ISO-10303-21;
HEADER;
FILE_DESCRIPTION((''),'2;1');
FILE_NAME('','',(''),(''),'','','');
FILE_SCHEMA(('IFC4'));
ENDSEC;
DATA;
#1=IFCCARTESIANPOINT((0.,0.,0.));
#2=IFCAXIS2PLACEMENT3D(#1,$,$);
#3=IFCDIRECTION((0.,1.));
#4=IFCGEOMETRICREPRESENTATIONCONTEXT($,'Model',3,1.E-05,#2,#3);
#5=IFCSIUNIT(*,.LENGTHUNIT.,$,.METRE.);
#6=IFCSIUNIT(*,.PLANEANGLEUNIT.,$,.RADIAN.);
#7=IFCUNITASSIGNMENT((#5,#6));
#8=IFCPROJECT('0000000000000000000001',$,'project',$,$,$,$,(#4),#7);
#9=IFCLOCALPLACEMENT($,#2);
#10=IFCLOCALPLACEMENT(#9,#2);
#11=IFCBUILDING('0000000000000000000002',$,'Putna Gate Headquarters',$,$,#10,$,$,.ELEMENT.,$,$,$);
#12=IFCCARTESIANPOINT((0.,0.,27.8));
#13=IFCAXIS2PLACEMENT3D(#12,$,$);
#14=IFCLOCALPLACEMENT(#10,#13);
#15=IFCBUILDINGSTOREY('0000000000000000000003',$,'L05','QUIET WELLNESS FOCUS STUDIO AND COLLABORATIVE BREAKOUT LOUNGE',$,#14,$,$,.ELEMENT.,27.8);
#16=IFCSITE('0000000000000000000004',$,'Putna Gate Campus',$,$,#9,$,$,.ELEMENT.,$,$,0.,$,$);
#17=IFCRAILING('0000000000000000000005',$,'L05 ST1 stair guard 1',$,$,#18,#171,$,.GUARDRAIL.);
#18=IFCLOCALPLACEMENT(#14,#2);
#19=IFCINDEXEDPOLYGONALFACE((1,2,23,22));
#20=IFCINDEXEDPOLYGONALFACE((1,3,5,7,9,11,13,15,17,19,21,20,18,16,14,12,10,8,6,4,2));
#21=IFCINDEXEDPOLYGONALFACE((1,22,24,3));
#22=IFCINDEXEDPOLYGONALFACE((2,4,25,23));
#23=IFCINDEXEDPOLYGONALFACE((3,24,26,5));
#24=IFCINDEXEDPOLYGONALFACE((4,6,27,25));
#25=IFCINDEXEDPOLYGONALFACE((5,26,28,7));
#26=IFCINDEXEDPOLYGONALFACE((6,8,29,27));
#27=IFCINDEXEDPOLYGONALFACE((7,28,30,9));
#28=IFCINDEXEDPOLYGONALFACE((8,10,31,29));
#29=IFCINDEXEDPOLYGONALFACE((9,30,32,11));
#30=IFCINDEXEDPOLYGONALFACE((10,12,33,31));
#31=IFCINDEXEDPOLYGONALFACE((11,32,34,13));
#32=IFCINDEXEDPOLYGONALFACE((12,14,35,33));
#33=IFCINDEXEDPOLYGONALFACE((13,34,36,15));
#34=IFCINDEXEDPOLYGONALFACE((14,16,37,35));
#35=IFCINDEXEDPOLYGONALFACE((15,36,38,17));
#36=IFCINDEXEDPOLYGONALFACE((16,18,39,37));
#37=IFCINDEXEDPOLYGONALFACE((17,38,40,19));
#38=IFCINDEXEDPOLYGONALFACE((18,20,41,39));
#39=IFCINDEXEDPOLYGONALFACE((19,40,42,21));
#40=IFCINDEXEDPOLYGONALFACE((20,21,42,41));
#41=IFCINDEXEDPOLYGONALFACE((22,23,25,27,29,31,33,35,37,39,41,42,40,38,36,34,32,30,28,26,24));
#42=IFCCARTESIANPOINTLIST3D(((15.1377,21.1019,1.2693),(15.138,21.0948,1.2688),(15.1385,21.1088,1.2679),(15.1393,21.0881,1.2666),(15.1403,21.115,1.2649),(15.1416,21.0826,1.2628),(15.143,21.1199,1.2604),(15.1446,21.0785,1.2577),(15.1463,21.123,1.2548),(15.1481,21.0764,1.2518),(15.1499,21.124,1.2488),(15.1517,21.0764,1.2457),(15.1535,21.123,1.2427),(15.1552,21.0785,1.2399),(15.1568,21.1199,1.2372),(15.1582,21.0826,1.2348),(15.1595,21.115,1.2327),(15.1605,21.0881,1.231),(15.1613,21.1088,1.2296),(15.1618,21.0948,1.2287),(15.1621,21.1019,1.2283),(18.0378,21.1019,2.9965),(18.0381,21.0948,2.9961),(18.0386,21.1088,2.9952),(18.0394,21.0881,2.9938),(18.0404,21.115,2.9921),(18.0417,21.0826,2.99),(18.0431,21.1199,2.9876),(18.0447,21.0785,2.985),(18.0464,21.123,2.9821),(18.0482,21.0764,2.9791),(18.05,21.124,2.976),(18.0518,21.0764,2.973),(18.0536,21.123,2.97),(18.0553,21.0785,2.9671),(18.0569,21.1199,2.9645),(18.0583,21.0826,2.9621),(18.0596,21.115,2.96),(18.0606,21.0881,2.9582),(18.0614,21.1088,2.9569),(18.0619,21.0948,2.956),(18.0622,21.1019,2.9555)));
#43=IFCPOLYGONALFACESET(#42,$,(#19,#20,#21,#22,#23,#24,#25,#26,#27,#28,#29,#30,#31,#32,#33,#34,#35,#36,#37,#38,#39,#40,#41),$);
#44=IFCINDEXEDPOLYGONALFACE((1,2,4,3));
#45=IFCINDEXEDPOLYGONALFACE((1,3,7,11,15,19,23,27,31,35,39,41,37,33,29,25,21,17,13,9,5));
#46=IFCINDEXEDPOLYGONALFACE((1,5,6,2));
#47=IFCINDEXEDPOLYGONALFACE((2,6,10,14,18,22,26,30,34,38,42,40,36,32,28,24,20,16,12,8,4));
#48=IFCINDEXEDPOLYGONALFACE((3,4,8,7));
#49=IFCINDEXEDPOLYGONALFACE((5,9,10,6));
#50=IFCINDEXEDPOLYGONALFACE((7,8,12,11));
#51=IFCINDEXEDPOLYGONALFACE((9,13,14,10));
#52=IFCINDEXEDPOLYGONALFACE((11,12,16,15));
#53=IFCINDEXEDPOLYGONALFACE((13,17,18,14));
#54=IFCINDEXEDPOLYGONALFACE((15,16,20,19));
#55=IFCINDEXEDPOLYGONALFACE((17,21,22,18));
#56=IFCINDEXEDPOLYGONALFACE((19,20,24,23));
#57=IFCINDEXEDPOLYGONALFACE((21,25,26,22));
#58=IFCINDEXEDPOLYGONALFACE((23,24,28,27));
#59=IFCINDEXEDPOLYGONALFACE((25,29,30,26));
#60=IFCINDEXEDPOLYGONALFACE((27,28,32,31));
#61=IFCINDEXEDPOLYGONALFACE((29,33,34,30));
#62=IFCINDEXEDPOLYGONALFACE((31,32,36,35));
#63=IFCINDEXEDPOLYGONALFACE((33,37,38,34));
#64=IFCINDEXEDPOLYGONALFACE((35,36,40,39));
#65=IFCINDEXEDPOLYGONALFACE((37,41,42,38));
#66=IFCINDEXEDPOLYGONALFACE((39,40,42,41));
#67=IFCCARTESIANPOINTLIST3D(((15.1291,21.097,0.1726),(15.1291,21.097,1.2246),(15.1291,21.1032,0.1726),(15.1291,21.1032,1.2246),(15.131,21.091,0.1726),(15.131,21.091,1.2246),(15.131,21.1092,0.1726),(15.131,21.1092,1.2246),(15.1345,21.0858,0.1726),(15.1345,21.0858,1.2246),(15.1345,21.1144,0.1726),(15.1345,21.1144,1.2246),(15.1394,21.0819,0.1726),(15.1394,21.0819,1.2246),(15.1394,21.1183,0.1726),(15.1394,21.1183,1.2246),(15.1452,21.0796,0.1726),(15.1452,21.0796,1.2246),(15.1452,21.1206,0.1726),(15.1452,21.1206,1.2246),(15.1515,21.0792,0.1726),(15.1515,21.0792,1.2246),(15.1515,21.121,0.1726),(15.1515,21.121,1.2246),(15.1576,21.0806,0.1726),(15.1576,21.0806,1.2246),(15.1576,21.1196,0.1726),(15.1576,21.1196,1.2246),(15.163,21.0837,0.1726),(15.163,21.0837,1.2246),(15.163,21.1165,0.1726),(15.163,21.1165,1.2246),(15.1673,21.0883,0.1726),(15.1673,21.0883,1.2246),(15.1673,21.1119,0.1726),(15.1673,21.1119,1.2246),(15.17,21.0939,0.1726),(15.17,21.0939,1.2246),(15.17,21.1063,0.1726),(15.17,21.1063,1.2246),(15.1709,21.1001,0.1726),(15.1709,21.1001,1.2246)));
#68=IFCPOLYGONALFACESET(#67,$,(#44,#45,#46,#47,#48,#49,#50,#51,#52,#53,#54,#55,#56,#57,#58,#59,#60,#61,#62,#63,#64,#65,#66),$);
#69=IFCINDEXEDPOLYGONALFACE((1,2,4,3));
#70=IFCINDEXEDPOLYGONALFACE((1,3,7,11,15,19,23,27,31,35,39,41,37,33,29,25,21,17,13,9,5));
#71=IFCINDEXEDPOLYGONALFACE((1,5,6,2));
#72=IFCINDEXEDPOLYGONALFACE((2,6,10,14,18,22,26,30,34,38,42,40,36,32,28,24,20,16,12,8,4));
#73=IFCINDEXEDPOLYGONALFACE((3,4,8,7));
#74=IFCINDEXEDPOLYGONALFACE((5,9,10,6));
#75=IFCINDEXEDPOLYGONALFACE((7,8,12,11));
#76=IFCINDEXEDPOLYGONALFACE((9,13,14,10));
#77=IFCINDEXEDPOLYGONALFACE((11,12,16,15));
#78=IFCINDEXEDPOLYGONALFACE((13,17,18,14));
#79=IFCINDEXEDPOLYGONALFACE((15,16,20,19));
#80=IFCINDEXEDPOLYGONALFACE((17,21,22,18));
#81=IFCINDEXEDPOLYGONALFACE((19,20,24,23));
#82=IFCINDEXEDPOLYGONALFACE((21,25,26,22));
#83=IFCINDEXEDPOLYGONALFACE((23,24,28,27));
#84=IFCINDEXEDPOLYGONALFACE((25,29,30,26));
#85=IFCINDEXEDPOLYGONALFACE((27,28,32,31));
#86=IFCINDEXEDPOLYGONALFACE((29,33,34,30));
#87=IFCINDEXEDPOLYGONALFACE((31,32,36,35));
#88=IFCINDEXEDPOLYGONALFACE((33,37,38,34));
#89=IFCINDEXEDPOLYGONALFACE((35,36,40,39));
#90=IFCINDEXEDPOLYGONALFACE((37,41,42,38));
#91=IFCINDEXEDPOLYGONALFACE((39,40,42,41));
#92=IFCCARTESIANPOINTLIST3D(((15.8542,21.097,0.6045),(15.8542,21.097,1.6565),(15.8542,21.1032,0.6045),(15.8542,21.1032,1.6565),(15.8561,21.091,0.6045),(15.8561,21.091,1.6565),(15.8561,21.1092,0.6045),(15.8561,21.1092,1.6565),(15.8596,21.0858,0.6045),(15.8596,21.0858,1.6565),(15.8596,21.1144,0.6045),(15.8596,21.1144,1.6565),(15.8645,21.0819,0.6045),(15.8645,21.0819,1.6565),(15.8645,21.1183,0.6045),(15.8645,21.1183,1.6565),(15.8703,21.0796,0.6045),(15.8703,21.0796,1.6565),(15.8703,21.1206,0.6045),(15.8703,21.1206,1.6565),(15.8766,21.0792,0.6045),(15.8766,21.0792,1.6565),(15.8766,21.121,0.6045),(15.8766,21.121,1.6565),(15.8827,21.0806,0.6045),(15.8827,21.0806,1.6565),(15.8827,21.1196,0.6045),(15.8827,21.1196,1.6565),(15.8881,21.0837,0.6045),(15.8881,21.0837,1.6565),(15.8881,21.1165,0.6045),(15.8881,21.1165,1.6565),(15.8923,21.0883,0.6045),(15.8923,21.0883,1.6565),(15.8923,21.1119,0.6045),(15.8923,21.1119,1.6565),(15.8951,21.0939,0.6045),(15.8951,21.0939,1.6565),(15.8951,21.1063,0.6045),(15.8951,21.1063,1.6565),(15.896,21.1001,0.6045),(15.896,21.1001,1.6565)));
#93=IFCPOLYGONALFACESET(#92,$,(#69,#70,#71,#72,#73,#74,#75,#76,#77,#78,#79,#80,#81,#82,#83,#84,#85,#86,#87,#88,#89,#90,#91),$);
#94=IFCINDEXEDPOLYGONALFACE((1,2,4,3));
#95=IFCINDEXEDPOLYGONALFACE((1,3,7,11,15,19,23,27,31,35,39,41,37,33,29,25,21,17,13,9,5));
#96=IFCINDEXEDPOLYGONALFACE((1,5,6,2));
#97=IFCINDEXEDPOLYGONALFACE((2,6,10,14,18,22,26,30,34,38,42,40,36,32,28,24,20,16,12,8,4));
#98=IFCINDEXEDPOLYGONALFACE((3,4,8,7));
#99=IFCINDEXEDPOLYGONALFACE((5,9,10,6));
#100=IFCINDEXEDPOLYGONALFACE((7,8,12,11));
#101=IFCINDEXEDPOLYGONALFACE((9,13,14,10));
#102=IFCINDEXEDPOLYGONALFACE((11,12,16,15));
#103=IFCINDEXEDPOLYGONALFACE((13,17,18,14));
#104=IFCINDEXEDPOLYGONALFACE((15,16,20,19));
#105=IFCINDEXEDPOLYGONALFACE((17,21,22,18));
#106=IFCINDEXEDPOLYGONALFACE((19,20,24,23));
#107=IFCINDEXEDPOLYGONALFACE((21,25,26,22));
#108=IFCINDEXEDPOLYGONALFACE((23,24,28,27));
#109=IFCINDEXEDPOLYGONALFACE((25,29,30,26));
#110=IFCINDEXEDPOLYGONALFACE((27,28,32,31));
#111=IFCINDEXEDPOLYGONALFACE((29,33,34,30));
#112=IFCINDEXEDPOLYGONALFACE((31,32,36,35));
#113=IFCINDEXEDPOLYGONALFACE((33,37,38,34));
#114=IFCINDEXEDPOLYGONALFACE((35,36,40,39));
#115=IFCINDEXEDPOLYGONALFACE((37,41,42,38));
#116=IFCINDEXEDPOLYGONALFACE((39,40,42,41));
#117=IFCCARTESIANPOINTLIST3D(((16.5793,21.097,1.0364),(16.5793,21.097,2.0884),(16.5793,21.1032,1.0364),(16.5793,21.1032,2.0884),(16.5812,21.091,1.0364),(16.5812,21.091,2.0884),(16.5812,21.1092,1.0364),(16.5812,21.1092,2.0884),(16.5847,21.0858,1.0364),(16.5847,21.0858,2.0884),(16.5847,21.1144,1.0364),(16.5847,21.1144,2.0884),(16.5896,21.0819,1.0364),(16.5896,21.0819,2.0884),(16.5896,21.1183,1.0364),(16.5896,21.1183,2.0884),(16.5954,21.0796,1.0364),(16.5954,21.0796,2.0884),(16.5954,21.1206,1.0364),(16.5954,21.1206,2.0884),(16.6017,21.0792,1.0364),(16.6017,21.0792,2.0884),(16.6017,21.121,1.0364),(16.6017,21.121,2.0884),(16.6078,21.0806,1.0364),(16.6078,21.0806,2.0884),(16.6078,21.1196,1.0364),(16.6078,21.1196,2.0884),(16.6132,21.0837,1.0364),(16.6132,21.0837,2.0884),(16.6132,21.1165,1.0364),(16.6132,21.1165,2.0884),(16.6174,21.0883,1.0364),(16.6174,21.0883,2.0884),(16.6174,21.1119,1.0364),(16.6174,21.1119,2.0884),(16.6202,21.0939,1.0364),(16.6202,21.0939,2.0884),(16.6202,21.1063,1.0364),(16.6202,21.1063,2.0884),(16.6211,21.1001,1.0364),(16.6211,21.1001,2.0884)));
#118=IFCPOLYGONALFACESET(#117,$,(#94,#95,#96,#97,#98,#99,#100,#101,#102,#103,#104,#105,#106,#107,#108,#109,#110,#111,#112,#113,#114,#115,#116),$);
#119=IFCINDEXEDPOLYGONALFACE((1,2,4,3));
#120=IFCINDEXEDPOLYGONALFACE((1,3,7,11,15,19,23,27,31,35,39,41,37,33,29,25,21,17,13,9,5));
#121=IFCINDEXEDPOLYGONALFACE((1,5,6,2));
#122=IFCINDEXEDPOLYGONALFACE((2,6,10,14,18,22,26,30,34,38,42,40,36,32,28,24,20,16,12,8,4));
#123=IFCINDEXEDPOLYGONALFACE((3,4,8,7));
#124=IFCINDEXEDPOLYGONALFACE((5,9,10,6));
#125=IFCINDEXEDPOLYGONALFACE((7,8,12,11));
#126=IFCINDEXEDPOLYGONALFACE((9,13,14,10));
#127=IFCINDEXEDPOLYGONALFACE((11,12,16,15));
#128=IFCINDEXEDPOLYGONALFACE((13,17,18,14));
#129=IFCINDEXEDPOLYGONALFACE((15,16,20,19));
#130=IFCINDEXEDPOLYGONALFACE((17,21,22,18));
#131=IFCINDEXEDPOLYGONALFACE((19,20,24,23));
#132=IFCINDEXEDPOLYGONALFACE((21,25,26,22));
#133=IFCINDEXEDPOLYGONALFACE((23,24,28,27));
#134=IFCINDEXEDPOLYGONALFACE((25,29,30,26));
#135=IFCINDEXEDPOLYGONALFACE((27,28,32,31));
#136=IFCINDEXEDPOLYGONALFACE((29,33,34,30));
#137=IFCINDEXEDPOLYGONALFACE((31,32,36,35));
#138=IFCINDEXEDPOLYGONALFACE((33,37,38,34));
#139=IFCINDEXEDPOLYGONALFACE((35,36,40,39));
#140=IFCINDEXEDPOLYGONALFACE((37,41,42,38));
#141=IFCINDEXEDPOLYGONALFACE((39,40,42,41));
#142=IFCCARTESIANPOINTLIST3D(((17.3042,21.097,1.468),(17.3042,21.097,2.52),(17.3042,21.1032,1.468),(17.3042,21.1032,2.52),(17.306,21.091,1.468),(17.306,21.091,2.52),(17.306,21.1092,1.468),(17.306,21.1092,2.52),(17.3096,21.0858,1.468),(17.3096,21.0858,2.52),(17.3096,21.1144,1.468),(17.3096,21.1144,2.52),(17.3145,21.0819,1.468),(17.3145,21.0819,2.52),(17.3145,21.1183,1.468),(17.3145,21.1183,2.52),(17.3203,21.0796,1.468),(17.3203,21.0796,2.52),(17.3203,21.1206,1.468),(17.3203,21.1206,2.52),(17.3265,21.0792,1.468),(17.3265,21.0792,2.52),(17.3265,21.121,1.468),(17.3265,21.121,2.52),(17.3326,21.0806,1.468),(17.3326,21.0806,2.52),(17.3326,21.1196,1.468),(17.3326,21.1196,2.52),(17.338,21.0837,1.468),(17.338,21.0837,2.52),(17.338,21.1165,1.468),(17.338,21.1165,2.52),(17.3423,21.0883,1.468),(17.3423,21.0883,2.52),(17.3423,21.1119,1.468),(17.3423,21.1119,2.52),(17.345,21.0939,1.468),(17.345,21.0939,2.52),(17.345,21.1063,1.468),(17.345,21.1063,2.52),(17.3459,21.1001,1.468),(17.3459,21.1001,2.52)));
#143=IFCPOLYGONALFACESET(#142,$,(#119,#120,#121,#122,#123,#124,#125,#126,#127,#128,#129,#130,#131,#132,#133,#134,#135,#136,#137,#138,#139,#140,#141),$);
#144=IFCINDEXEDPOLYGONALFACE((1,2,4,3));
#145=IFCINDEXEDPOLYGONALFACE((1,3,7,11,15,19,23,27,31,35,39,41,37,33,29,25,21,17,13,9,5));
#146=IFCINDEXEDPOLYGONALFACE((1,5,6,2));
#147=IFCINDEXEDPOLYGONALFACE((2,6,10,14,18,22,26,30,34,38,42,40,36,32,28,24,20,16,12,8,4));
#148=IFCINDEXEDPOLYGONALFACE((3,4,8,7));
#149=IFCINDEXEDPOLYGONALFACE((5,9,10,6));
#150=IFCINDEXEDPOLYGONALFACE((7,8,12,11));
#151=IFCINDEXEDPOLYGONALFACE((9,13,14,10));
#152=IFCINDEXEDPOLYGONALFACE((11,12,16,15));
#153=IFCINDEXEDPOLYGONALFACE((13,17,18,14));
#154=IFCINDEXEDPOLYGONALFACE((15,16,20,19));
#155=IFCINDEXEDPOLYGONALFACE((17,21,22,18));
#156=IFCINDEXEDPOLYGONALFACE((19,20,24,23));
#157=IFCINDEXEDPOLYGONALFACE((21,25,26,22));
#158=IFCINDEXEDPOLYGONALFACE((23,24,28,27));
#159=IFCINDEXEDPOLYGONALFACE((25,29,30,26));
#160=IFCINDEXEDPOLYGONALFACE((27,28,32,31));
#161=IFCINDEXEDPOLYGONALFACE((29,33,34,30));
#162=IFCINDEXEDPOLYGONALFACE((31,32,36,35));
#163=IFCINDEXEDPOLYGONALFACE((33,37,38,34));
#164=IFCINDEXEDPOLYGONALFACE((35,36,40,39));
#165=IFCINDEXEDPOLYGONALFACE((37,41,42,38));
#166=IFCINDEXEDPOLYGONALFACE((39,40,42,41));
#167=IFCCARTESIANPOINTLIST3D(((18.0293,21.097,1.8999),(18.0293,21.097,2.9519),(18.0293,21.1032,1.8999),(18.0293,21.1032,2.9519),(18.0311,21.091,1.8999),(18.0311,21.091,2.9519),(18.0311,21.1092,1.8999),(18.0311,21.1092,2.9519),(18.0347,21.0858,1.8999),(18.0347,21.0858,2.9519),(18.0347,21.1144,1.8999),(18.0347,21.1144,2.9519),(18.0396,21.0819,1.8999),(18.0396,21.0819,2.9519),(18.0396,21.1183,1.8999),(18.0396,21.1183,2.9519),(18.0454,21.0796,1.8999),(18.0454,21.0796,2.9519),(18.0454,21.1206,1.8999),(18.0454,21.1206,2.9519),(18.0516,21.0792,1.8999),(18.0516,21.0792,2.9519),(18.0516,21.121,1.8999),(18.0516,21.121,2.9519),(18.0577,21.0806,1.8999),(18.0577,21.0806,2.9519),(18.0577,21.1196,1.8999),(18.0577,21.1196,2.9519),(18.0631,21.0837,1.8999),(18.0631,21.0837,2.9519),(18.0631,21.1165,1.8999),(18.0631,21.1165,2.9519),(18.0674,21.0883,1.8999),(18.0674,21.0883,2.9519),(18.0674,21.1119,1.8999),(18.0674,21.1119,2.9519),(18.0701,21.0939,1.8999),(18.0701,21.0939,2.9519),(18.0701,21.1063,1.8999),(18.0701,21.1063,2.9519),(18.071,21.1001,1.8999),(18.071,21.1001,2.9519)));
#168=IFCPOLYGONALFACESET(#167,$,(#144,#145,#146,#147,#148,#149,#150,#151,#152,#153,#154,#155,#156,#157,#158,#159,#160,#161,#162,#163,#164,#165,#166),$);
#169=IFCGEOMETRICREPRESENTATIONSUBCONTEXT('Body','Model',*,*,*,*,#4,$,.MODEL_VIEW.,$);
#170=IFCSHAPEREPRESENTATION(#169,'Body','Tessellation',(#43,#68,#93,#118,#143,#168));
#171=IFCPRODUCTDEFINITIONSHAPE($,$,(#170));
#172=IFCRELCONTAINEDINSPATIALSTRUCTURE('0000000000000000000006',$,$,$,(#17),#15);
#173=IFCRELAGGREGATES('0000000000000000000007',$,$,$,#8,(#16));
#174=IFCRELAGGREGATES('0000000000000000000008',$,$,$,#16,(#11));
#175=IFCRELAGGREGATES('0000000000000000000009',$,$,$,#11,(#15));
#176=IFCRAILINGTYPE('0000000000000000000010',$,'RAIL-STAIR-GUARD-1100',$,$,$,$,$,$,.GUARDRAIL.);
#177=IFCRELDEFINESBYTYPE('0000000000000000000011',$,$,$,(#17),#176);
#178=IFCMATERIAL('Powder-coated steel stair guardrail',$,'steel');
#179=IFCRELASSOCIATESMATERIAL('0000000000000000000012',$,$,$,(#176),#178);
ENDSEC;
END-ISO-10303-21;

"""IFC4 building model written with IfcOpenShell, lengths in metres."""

from ifc_helpers import new_model, si_unit, direction, frame, origin, origin_2d, place, context, subcontext, project, spatial, circle, extrude, material, type_object, element, save


model = new_model("IFC4")

# Units and contexts
model_context = context("Model", 3, precision=1e-05, world=origin(), true_north=direction((0.0, 1.0)))
body_context = subcontext(model_context, "Body", "Model", "MODEL_VIEW")
ifc_project = project(units=[si_unit("LENGTHUNIT", "METRE"), si_unit("PLANEANGLEUNIT", "RADIAN")], contexts=[model_context])

# Site, building, storey
site_placement = place(None, origin())
site = spatial("IfcSite", under=ifc_project, at=site_placement, Name="Putna Gate Campus", CompositionType="ELEMENT", RefElevation=0.0)
building_placement = place(site_placement, origin())
building = spatial("IfcBuilding", under=site, at=building_placement, Name="Putna Gate Headquarters", CompositionType="ELEMENT")
storey_placement = place(building_placement, frame((0.0, 0.0, 27.8)))
storey = spatial("IfcBuildingStorey", under=building, at=storey_placement, Name="L05", Description="QUIET WELLNESS FOCUS STUDIO AND COLLABORATIVE BREAKOUT LOUNGE", CompositionType="ELEMENT", Elevation=27.8)

# Railing
ifc_material_1 = material(Name="Powder-coated steel stair guardrail", Category="steel")
railing_type_1 = type_object("IfcRailingType", Name="RAIL-STAIR-GUARD-1100", PredefinedType="GUARDRAIL", material=ifc_material_1)
railing_1_placement = place(storey_placement, frame((15.1499, 21.1001, 0.1726)))
element("IfcRailing", 1, at=railing_1_placement, inside=storey, type_object=railing_type_1, Name="L05 ST1 stair guard 1", PredefinedType="GUARDRAIL", context=body_context, shape_type="SweptSolid", body=[
    extrude(circle(Radius=0.0239, at=origin_2d()), frame((0.0, 0.0, 1.0762), z_axis=(0.85916, 0.0, 0.511706), x_axis=(0.0, 1.0, 0.0)), (0.0, 0.0, 1.0), 3.3755),
    extrude(circle(Radius=0.021, at=origin_2d()), origin(), (0.0, 0.0, 1.0), 1.052),
    extrude(circle(Radius=0.021, at=origin_2d()), frame((0.7251, 0.0, 0.4319)), (0.0, 0.0, 1.0), 1.052),
    extrude(circle(Radius=0.021, at=origin_2d()), frame((1.4502, 0.0, 0.8638)), (0.0, 0.0, 1.0), 1.052),
    extrude(circle(Radius=0.021, at=origin_2d()), frame((2.175, 0.0, 1.2954)), (0.0, 0.0, 1.0), 1.052),
    extrude(circle(Radius=0.021, at=origin_2d()), frame((2.9001, 0.0, 1.7273)), (0.0, 0.0, 1.0), 1.052),
])

save(model, "model.ifc")
